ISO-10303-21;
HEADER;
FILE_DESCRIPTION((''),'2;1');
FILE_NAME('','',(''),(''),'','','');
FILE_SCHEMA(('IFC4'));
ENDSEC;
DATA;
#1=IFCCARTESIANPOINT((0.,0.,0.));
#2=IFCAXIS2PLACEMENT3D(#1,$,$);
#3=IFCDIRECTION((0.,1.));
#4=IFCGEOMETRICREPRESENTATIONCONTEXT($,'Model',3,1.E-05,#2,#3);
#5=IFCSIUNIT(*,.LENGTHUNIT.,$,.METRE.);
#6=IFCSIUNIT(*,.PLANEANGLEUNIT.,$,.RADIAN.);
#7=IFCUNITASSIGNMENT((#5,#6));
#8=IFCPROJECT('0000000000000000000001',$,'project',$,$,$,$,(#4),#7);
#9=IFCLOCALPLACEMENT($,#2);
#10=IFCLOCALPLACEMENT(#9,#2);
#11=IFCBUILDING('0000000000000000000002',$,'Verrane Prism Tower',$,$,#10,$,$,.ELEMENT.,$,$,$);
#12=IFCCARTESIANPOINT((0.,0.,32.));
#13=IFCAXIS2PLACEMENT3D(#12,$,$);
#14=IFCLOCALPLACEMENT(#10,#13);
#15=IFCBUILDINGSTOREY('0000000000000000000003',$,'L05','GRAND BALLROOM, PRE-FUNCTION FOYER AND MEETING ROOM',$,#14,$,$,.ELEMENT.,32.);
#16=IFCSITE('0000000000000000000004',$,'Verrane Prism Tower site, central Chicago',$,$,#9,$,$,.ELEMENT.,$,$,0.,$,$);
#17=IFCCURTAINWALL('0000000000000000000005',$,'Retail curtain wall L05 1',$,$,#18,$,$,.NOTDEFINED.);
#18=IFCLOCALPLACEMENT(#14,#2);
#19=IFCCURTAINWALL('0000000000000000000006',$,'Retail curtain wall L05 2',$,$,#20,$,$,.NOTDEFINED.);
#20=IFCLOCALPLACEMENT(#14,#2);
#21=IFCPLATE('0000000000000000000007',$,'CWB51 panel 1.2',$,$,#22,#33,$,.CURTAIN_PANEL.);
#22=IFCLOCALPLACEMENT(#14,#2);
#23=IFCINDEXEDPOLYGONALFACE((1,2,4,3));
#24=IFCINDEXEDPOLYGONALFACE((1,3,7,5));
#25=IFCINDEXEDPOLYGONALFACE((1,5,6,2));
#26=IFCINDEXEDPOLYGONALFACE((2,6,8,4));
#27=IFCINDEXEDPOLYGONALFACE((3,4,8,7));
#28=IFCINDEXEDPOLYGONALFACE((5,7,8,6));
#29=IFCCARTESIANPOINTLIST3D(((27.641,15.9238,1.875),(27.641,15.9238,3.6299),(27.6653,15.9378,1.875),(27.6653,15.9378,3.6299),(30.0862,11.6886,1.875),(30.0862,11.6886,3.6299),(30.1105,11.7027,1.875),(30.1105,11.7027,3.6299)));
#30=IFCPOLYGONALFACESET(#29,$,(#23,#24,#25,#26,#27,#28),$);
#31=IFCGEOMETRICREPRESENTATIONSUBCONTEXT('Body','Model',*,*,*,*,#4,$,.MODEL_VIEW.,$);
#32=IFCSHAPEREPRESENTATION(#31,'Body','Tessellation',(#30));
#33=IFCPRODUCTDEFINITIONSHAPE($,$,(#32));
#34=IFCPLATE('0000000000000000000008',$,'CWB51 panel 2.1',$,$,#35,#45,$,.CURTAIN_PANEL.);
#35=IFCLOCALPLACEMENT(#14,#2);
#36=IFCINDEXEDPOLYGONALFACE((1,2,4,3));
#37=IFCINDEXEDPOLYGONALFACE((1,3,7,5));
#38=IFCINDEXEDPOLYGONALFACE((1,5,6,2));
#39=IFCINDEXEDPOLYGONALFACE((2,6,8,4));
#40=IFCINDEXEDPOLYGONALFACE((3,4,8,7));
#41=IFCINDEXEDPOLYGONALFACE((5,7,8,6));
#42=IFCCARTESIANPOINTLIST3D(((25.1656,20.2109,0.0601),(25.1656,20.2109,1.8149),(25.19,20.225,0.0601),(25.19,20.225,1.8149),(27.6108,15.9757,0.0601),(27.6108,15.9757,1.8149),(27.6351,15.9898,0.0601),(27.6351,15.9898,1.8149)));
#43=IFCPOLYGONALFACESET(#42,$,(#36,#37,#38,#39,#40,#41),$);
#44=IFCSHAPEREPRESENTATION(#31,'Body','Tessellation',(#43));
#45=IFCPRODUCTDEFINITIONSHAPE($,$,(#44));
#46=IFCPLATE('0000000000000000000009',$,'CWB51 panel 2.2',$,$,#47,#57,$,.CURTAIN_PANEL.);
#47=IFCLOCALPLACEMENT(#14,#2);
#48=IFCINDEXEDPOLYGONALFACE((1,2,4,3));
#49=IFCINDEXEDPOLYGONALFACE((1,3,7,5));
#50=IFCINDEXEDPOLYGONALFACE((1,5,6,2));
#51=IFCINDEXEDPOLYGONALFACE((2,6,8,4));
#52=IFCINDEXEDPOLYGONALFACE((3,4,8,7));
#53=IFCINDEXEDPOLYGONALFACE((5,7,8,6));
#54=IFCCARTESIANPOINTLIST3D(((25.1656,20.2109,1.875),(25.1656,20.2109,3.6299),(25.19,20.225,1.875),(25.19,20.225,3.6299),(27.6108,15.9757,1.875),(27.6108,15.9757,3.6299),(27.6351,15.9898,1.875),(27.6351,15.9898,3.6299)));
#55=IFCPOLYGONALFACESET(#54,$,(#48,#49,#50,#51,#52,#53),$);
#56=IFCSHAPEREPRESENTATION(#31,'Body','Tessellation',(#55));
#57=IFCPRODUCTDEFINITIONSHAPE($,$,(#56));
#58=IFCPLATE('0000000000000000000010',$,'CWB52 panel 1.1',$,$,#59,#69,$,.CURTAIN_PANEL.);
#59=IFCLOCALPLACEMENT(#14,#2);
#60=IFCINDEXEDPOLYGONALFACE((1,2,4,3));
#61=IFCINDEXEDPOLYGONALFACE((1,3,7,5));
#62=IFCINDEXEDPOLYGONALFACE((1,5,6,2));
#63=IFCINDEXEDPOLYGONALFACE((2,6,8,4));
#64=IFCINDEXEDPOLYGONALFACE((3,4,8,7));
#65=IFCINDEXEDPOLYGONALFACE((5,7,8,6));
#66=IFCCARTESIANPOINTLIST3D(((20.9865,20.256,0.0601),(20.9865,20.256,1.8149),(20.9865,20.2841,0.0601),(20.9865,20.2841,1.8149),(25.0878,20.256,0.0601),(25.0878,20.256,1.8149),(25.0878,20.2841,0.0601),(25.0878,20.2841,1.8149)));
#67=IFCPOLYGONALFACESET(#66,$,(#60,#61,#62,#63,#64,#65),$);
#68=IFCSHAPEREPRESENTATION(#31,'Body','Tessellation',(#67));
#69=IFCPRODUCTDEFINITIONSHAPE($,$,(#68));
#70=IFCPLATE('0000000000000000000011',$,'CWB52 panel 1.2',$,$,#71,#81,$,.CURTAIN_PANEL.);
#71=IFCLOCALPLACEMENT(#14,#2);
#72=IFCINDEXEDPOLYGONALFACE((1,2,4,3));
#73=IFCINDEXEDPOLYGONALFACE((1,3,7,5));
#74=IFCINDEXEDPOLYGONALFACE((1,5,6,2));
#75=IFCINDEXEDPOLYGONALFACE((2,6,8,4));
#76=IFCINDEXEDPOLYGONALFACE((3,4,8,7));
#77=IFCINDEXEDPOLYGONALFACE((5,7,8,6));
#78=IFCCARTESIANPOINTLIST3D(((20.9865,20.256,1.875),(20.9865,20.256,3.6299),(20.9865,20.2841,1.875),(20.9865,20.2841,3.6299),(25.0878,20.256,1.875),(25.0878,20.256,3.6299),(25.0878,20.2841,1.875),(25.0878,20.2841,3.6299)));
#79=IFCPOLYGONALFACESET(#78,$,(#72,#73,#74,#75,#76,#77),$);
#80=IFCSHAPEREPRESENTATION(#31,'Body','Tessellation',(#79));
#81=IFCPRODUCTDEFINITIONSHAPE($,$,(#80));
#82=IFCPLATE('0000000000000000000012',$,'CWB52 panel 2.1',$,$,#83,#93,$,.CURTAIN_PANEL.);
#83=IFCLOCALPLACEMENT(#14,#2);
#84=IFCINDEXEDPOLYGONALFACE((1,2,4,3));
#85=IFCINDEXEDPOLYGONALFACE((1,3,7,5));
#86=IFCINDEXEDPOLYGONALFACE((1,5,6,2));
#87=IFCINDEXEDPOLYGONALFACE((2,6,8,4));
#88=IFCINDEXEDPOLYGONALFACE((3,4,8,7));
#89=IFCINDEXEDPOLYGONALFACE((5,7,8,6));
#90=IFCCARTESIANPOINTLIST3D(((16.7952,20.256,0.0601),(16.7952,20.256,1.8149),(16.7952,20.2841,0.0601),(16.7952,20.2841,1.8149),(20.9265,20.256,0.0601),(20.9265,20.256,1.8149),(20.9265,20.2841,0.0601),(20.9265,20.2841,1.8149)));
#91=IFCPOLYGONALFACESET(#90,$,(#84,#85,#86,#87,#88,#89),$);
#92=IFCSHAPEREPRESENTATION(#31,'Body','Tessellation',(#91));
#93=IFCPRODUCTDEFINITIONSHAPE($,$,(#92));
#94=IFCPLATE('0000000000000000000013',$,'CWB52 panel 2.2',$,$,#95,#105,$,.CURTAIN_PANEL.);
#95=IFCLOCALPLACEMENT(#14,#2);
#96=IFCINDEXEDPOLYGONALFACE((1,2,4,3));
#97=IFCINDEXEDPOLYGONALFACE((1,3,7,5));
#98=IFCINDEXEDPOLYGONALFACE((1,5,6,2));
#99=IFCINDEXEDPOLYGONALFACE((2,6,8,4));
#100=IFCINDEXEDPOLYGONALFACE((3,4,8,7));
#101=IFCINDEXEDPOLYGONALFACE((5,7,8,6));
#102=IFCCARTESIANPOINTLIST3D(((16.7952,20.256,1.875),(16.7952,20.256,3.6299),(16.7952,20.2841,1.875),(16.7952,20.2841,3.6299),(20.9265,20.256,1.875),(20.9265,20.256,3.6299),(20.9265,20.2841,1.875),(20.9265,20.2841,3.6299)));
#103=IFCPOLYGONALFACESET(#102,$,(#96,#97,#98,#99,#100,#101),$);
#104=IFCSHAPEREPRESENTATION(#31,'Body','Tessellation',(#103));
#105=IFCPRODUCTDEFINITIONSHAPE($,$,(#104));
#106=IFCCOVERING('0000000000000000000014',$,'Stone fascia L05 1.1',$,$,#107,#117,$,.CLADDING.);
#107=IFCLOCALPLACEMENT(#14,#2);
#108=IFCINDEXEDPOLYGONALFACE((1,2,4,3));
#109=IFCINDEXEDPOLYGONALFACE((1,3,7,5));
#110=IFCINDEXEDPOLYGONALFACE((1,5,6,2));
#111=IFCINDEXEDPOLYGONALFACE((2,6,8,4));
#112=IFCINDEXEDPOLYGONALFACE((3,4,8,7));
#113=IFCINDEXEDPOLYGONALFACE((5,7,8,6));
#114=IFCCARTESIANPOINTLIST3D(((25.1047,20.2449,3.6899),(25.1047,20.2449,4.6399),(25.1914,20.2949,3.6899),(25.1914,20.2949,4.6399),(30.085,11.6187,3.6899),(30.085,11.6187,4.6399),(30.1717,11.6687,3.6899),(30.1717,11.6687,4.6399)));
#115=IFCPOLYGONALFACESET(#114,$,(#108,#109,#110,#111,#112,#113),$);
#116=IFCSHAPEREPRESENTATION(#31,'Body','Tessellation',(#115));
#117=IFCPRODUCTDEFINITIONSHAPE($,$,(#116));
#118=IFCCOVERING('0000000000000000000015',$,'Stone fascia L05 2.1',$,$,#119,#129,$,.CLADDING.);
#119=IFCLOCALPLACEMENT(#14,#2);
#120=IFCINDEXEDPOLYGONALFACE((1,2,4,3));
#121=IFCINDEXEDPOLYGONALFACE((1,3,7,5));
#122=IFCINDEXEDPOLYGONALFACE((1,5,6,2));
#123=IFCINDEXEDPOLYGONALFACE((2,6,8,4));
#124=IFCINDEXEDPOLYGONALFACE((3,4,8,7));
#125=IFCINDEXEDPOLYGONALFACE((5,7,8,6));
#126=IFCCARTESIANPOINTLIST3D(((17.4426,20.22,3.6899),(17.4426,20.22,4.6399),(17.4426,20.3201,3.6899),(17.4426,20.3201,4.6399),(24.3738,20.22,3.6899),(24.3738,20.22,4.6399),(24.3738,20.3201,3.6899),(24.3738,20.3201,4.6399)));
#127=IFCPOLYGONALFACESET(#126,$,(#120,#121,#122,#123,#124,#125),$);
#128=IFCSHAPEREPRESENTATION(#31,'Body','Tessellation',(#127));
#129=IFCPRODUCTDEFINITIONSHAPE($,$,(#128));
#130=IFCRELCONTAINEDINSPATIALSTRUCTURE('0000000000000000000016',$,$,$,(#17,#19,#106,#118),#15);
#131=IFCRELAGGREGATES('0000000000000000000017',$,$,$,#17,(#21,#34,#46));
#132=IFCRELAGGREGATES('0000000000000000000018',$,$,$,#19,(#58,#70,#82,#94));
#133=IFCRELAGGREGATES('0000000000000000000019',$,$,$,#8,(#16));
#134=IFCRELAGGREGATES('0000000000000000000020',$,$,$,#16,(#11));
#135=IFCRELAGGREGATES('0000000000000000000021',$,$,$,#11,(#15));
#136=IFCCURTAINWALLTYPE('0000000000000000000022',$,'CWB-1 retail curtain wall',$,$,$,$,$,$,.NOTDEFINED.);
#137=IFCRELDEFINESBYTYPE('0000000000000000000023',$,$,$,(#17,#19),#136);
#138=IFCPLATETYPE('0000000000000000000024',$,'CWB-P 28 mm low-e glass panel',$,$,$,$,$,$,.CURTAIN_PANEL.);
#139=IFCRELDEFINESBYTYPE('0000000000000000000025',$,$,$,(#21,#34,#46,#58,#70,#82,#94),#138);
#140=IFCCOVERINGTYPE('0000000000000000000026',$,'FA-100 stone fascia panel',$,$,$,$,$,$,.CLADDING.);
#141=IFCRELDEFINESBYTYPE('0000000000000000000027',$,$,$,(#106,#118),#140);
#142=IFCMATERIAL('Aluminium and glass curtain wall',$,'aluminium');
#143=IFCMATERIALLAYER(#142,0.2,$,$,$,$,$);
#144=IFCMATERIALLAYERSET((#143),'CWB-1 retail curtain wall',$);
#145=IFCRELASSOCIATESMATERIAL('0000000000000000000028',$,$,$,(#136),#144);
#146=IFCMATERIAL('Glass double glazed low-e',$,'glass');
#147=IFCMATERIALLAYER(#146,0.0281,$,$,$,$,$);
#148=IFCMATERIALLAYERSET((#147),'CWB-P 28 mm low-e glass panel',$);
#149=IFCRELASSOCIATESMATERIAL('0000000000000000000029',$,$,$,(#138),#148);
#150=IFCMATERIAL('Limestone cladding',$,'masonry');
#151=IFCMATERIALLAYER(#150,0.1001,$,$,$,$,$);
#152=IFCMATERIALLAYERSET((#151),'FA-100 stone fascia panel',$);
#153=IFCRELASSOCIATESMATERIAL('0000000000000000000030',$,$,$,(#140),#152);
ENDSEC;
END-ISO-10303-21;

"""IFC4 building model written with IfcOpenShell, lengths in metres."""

from ifc_helpers import new_model, si_unit, direction, frame, origin, origin_2d, place, context, subcontext, project, spatial, rectangle, extrude, material, layer, layer_set, type_object, element, aggregate, save


model = new_model("IFC4")

# Units and contexts
model_context = context("Model", 3, precision=1e-05, world=origin(), true_north=direction((0.0, 1.0)))
body_context = subcontext(model_context, "Body", "Model", "MODEL_VIEW")
ifc_project = project(units=[si_unit("LENGTHUNIT", "METRE"), si_unit("PLANEANGLEUNIT", "RADIAN")], contexts=[model_context])

# Site, building, storey
site_placement = place(None, origin())
site = spatial("IfcSite", under=ifc_project, at=site_placement, Name="Verrane Prism Tower site, central Chicago", CompositionType="ELEMENT", RefElevation=0.0)
building_placement = place(site_placement, origin())
building = spatial("IfcBuilding", under=site, at=building_placement, Name="Verrane Prism Tower", CompositionType="ELEMENT")
storey_placement = place(building_placement, frame((0.0, 0.0, 32.0)))
storey = spatial("IfcBuildingStorey", under=building, at=storey_placement, Name="L05", Description="GRAND BALLROOM, PRE-FUNCTION FOYER AND MEETING ROOM", CompositionType="ELEMENT", Elevation=32.0)

# Curtain walls
ifc_material_1 = material(Name="Aluminium and glass curtain wall", Category="aluminium")
ifc_layer_1 = layer(ifc_material_1, 0.2)
ifc_layer_set_1 = layer_set([ifc_layer_1], Name="CWB-1 retail curtain wall")
curtain_wall_type = type_object("IfcCurtainWallType", Name="CWB-1 retail curtain wall", PredefinedType="NOTDEFINED", material=ifc_layer_set_1)
curtain_wall_1_placement = place(storey_placement, origin())
curtain_wall_1 = element("IfcCurtainWall", 1, at=curtain_wall_1_placement, inside=storey, type_object=curtain_wall_type, Name="Retail curtain wall L05 1", PredefinedType="NOTDEFINED")
curtain_wall_2_placement = place(storey_placement, origin())
curtain_wall_2 = element("IfcCurtainWall", 2, at=curtain_wall_2_placement, inside=storey, type_object=curtain_wall_type, Name="Retail curtain wall L05 2", PredefinedType="NOTDEFINED")

# Plates
ifc_material_2 = material(Name="Glass double glazed low-e", Category="glass")
ifc_layer_2 = layer(ifc_material_2, 0.0281)
ifc_layer_set_2 = layer_set([ifc_layer_2], Name="CWB-P 28 mm low-e glass panel")
plate_type = type_object("IfcPlateType", Name="CWB-P 28 mm low-e glass panel", PredefinedType="CURTAIN_PANEL", material=ifc_layer_set_2)
plate_1_placement = place(storey_placement, frame((28.8757, 13.8132, 1.875), z_axis=(0.0, 0.0, 1.0), x_axis=(-0.499999, 0.866026, 0.0)))
plate_1 = element("IfcPlate", 3, at=plate_1_placement, type_object=plate_type, Name="CWB51 panel 1.2", PredefinedType="CURTAIN_PANEL", context=body_context, shape_type="SweptSolid", body=[
    extrude(rectangle(XDim=4.8904, YDim=0.0281, at=origin_2d()), origin(), (0.0, 0.0, 1.0), 1.7549),
])
plate_2_placement = place(storey_placement, frame((26.4004, 18.1003, 0.0601), z_axis=(0.0, 0.0, 1.0), x_axis=(-0.499999, 0.866026, 0.0)))
plate_2 = element("IfcPlate", 4, at=plate_2_placement, type_object=plate_type, Name="CWB51 panel 2.1", PredefinedType="CURTAIN_PANEL", context=body_context, shape_type="SweptSolid", body=[
    extrude(rectangle(XDim=4.8904, YDim=0.0281, at=origin_2d()), origin(), (0.0, 0.0, 1.0), 1.7549),
])
plate_3_placement = place(storey_placement, frame((26.4004, 18.1003, 1.875), z_axis=(0.0, 0.0, 1.0), x_axis=(-0.499999, 0.866026, 0.0)))
plate_3 = element("IfcPlate", 5, at=plate_3_placement, type_object=plate_type, Name="CWB51 panel 2.2", PredefinedType="CURTAIN_PANEL", context=body_context, shape_type="SweptSolid", body=[
    extrude(rectangle(XDim=4.8904, YDim=0.0281, at=origin_2d()), origin(), (0.0, 0.0, 1.0), 1.7549),
])
aggregate(curtain_wall_1, [plate_1, plate_2, plate_3])
plate_4_placement = place(storey_placement, frame((23.0371, 20.27, 0.0601), z_axis=(0.0, 0.0, 1.0), x_axis=(-1.0, 0.0, 0.0)))
plate_4 = element("IfcPlate", 6, at=plate_4_placement, type_object=plate_type, Name="CWB52 panel 1.1", PredefinedType="CURTAIN_PANEL", context=body_context, shape_type="SweptSolid", body=[
    extrude(rectangle(XDim=4.1013, YDim=0.0281, at=origin_2d()), origin(), (0.0, 0.0, 1.0), 1.7549),
])
plate_5_placement = place(storey_placement, frame((23.0371, 20.27, 1.875), z_axis=(0.0, 0.0, 1.0), x_axis=(-1.0, 0.0, 0.0)))
plate_5 = element("IfcPlate", 7, at=plate_5_placement, type_object=plate_type, Name="CWB52 panel 1.2", PredefinedType="CURTAIN_PANEL", context=body_context, shape_type="SweptSolid", body=[
    extrude(rectangle(XDim=4.1013, YDim=0.0281, at=origin_2d()), origin(), (0.0, 0.0, 1.0), 1.7549),
])
plate_6_placement = place(storey_placement, frame((18.8608, 20.27, 0.0601), z_axis=(0.0, 0.0, 1.0), x_axis=(-1.0, 0.0, 0.0)))
plate_6 = element("IfcPlate", 8, at=plate_6_placement, type_object=plate_type, Name="CWB52 panel 2.1", PredefinedType="CURTAIN_PANEL", context=body_context, shape_type="SweptSolid", body=[
    extrude(rectangle(XDim=4.1313, YDim=0.0281, at=origin_2d()), origin(), (0.0, 0.0, 1.0), 1.7549),
])
plate_7_placement = place(storey_placement, frame((18.8608, 20.27, 1.875), z_axis=(0.0, 0.0, 1.0), x_axis=(-1.0, 0.0, 0.0)))
plate_7 = element("IfcPlate", 9, at=plate_7_placement, type_object=plate_type, Name="CWB52 panel 2.2", PredefinedType="CURTAIN_PANEL", context=body_context, shape_type="SweptSolid", body=[
    extrude(rectangle(XDim=4.1313, YDim=0.0281, at=origin_2d()), origin(), (0.0, 0.0, 1.0), 1.7549),
])
aggregate(curtain_wall_2, [plate_4, plate_5, plate_6, plate_7])

# Coverings
ifc_material_3 = material(Name="Limestone cladding", Category="masonry")
ifc_layer_3 = layer(ifc_material_3, 0.1001)
ifc_layer_set_3 = layer_set([ifc_layer_3], Name="FA-100 stone fascia panel")
covering_type = type_object("IfcCoveringType", Name="FA-100 stone fascia panel", PredefinedType="CLADDING", material=ifc_layer_set_3)
covering_1_placement = place(storey_placement, frame((27.6382, 15.9568, 3.6899), z_axis=(0.0, 0.0, 1.0), x_axis=(-0.499999, 0.866026, 0.0)))
element("IfcCovering", 10, at=covering_1_placement, inside=storey, type_object=covering_type, Name="Stone fascia L05 1.1", PredefinedType="CLADDING", context=body_context, shape_type="SweptSolid", body=[
    extrude(rectangle(XDim=9.9607, YDim=0.1001, at=origin_2d()), origin(), (0.0, 0.0, 1.0), 0.95),
])
covering_2_placement = place(storey_placement, frame((20.9082, 20.27, 3.6899), z_axis=(0.0, 0.0, 1.0), x_axis=(-1.0, 0.0, 0.0)))
element("IfcCovering", 11, at=covering_2_placement, inside=storey, type_object=covering_type, Name="Stone fascia L05 2.1", PredefinedType="CLADDING", context=body_context, shape_type="SweptSolid", body=[
    extrude(rectangle(XDim=6.9312, YDim=0.1001, at=origin_2d()), origin(), (0.0, 0.0, 1.0), 0.95),
])

save(model, "model.ifc")
